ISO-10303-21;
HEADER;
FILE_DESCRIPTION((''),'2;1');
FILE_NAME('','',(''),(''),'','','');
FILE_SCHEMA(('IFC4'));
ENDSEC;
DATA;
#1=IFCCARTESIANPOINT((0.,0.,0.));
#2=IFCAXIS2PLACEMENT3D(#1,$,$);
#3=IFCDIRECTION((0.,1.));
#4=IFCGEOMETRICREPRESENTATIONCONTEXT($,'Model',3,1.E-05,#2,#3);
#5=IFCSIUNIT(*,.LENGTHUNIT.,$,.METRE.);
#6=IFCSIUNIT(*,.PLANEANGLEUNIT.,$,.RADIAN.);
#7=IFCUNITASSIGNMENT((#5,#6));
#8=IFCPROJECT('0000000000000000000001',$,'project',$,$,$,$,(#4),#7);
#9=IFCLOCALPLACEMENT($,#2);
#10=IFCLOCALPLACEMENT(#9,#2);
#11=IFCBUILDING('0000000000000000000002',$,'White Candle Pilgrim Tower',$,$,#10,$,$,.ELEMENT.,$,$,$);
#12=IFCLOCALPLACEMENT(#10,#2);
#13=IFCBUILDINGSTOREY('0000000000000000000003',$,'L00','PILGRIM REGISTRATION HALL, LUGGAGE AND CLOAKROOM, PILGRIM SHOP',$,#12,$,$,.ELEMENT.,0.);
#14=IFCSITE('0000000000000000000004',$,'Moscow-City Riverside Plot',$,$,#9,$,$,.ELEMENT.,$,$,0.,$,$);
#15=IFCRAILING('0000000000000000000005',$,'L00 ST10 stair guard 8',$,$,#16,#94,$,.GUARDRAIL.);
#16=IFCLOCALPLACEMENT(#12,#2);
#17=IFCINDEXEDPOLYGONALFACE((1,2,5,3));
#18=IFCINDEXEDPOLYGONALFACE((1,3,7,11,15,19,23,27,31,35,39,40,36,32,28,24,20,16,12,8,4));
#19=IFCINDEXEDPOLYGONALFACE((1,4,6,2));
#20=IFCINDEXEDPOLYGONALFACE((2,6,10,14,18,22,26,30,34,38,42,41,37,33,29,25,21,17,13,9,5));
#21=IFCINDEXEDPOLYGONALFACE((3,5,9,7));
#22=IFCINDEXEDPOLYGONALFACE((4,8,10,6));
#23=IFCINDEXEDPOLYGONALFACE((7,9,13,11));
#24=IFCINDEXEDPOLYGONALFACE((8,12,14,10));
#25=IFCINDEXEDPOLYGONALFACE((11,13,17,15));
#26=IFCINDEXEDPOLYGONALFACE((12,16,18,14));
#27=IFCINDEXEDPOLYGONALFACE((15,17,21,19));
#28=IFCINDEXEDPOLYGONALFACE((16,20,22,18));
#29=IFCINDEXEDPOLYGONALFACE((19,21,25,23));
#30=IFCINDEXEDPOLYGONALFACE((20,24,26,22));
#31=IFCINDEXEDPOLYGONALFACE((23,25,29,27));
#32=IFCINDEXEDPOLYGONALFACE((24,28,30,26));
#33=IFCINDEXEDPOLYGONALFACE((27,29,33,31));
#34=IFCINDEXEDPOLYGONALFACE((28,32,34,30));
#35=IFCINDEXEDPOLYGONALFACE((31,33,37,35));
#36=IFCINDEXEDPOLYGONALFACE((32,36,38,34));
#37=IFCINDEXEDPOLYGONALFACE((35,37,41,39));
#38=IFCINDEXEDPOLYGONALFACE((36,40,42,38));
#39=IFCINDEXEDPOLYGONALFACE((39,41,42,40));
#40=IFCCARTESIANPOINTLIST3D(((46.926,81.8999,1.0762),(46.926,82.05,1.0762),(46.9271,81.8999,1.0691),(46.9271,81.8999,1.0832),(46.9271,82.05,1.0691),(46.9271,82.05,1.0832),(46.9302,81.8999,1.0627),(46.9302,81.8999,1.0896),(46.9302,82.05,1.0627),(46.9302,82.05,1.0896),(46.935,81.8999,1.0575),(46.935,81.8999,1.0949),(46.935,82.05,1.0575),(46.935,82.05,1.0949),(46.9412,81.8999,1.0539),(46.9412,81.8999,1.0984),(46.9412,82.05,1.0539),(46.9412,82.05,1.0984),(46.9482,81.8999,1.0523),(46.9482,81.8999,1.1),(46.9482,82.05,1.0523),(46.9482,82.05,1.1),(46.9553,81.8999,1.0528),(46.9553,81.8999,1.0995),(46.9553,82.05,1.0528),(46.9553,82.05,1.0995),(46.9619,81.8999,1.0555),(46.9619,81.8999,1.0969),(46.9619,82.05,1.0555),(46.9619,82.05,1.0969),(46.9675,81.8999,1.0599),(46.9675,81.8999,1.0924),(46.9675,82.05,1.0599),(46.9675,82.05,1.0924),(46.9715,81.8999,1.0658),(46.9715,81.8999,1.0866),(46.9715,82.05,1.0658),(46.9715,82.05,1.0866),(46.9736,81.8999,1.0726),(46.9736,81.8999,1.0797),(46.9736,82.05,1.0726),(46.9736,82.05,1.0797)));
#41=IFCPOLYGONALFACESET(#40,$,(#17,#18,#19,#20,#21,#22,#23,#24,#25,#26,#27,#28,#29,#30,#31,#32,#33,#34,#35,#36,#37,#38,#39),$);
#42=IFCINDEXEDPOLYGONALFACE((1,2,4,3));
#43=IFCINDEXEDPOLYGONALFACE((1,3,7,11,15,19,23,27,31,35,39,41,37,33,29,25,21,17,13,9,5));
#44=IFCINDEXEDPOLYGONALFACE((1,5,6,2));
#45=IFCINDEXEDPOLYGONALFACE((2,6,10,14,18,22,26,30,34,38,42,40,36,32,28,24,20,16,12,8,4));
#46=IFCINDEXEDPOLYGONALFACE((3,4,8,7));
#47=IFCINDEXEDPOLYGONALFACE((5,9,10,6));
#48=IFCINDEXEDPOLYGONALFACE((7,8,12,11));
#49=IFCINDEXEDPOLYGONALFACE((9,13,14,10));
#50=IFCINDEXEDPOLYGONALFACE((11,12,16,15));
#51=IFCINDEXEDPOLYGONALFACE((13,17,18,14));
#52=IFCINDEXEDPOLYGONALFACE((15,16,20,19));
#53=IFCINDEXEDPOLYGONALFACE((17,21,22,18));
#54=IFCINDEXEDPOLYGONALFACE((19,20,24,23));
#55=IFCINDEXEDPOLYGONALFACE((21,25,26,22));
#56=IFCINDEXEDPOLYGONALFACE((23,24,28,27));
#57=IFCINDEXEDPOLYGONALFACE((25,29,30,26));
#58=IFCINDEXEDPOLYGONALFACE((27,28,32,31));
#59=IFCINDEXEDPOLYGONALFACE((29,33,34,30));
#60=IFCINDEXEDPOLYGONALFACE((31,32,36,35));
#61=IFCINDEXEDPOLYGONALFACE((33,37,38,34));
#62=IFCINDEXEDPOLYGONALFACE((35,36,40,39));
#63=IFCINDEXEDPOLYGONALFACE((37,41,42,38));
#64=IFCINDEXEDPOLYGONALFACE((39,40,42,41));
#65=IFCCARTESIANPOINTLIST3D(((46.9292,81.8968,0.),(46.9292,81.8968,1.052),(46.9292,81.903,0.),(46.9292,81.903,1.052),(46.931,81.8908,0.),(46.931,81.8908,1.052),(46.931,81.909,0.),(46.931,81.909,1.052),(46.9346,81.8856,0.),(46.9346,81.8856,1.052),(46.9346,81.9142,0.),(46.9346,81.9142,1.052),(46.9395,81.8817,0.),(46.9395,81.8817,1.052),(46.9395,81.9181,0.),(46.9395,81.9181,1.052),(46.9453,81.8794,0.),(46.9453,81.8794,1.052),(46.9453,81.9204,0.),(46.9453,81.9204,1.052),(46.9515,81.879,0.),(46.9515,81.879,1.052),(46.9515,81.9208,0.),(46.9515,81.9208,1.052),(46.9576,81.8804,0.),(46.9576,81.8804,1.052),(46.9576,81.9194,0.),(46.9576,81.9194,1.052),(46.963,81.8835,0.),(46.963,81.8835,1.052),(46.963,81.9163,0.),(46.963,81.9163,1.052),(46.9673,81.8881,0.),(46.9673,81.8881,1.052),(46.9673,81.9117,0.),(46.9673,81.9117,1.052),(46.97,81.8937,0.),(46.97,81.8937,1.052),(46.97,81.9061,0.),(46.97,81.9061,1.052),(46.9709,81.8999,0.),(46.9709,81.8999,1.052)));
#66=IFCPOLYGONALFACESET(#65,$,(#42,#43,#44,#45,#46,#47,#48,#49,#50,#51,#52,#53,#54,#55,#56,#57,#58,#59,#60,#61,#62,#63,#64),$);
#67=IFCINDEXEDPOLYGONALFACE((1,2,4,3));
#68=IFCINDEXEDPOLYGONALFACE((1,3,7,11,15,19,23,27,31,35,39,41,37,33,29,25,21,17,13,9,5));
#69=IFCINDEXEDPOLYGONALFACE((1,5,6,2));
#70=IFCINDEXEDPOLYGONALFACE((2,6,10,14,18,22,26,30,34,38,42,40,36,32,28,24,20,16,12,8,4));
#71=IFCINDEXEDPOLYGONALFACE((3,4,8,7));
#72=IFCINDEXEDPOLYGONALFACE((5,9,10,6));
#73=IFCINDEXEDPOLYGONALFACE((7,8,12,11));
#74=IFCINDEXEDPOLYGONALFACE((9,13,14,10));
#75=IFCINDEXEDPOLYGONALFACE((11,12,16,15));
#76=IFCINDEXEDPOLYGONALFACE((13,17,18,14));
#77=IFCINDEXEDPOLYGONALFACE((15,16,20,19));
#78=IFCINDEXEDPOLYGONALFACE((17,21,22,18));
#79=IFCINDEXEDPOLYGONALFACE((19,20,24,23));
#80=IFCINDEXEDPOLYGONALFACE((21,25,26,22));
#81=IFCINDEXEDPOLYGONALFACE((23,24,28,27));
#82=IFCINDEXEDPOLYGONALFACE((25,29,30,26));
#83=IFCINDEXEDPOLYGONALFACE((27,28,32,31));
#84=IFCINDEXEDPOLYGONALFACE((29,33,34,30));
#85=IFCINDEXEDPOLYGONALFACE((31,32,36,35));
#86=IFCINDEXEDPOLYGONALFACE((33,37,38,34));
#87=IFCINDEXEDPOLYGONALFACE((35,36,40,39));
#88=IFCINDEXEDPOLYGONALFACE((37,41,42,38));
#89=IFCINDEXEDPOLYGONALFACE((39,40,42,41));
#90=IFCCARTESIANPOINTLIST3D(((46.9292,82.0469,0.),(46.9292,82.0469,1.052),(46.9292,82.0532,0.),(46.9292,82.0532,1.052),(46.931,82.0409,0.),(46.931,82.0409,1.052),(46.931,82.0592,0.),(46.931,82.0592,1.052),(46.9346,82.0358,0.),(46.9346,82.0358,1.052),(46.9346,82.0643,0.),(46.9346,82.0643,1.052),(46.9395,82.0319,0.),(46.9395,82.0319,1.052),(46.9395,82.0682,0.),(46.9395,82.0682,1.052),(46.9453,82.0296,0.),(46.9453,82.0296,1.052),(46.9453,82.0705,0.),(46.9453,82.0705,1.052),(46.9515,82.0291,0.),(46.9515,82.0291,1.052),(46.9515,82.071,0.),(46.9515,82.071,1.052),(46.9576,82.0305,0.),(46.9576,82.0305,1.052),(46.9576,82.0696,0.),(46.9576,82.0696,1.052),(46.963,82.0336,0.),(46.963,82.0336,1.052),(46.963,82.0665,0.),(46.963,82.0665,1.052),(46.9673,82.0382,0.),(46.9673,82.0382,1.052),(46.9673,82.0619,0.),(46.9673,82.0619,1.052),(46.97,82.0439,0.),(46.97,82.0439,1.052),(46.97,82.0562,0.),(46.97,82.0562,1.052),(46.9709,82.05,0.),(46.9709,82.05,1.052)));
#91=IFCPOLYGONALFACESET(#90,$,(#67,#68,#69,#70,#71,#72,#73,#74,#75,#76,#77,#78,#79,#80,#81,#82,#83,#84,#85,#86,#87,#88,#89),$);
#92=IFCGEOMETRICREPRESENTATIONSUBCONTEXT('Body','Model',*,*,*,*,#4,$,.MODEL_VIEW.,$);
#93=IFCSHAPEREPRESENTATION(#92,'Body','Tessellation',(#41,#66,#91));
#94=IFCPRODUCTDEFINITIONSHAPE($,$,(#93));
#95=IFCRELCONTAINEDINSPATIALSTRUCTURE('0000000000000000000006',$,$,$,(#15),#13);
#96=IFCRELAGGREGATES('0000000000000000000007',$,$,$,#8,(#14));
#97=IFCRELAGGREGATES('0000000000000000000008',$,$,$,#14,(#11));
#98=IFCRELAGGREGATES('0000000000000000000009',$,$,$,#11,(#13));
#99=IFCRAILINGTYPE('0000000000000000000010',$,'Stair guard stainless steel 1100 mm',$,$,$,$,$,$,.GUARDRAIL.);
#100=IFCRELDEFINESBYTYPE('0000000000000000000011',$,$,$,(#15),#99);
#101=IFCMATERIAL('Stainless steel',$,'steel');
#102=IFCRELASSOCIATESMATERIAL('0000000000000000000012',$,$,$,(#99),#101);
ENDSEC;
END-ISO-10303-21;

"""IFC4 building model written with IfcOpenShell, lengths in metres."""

from ifc_helpers import new_model, si_unit, direction, frame, origin, origin_2d, place, context, subcontext, project, spatial, circle, extrude, material, type_object, element, save


model = new_model("IFC4")

# Units and contexts
model_context = context("Model", 3, precision=1e-05, world=origin(), true_north=direction((0.0, 1.0)))
body_context = subcontext(model_context, "Body", "Model", "MODEL_VIEW")
ifc_project = project(units=[si_unit("LENGTHUNIT", "METRE"), si_unit("PLANEANGLEUNIT", "RADIAN")], contexts=[model_context])

# Site, building, storey
site_placement = place(None, origin())
site = spatial("IfcSite", under=ifc_project, at=site_placement, Name="Moscow-City Riverside Plot", CompositionType="ELEMENT", RefElevation=0.0)
building_placement = place(site_placement, origin())
building = spatial("IfcBuilding", under=site, at=building_placement, Name="White Candle Pilgrim Tower", CompositionType="ELEMENT")
storey_placement = place(building_placement, origin())
storey = spatial("IfcBuildingStorey", under=building, at=storey_placement, Name="L00", Description="PILGRIM REGISTRATION HALL, LUGGAGE AND CLOAKROOM, PILGRIM SHOP", CompositionType="ELEMENT", Elevation=0.0)

# Railing
ifc_material_1 = material(Name="Stainless steel", Category="steel")
railing_type_1 = type_object("IfcRailingType", Name="Stair guard stainless steel 1100 mm", PredefinedType="GUARDRAIL", material=ifc_material_1)
railing_1_placement = place(storey_placement, frame((46.95, 81.8999, 0.0)))
element("IfcRailing", 1, at=railing_1_placement, inside=storey, type_object=railing_type_1, Name="L00 ST10 stair guard 8", PredefinedType="GUARDRAIL", context=body_context, shape_type="SweptSolid", body=[
    extrude(circle(Radius=0.0239, at=origin_2d()), frame((0.0, 0.0, 1.0762), z_axis=(0.0, 1.0, 0.0), x_axis=(-1.0, 0.0, 0.0)), (0.0, 0.0, 1.0), 0.1501),
    extrude(circle(Radius=0.021, at=origin_2d()), origin(), (0.0, 0.0, 1.0), 1.052),
    extrude(circle(Radius=0.021, at=origin_2d()), frame((0.0, 0.1501, 0.0)), (0.0, 0.0, 1.0), 1.052),
])

save(model, "model.ifc")
